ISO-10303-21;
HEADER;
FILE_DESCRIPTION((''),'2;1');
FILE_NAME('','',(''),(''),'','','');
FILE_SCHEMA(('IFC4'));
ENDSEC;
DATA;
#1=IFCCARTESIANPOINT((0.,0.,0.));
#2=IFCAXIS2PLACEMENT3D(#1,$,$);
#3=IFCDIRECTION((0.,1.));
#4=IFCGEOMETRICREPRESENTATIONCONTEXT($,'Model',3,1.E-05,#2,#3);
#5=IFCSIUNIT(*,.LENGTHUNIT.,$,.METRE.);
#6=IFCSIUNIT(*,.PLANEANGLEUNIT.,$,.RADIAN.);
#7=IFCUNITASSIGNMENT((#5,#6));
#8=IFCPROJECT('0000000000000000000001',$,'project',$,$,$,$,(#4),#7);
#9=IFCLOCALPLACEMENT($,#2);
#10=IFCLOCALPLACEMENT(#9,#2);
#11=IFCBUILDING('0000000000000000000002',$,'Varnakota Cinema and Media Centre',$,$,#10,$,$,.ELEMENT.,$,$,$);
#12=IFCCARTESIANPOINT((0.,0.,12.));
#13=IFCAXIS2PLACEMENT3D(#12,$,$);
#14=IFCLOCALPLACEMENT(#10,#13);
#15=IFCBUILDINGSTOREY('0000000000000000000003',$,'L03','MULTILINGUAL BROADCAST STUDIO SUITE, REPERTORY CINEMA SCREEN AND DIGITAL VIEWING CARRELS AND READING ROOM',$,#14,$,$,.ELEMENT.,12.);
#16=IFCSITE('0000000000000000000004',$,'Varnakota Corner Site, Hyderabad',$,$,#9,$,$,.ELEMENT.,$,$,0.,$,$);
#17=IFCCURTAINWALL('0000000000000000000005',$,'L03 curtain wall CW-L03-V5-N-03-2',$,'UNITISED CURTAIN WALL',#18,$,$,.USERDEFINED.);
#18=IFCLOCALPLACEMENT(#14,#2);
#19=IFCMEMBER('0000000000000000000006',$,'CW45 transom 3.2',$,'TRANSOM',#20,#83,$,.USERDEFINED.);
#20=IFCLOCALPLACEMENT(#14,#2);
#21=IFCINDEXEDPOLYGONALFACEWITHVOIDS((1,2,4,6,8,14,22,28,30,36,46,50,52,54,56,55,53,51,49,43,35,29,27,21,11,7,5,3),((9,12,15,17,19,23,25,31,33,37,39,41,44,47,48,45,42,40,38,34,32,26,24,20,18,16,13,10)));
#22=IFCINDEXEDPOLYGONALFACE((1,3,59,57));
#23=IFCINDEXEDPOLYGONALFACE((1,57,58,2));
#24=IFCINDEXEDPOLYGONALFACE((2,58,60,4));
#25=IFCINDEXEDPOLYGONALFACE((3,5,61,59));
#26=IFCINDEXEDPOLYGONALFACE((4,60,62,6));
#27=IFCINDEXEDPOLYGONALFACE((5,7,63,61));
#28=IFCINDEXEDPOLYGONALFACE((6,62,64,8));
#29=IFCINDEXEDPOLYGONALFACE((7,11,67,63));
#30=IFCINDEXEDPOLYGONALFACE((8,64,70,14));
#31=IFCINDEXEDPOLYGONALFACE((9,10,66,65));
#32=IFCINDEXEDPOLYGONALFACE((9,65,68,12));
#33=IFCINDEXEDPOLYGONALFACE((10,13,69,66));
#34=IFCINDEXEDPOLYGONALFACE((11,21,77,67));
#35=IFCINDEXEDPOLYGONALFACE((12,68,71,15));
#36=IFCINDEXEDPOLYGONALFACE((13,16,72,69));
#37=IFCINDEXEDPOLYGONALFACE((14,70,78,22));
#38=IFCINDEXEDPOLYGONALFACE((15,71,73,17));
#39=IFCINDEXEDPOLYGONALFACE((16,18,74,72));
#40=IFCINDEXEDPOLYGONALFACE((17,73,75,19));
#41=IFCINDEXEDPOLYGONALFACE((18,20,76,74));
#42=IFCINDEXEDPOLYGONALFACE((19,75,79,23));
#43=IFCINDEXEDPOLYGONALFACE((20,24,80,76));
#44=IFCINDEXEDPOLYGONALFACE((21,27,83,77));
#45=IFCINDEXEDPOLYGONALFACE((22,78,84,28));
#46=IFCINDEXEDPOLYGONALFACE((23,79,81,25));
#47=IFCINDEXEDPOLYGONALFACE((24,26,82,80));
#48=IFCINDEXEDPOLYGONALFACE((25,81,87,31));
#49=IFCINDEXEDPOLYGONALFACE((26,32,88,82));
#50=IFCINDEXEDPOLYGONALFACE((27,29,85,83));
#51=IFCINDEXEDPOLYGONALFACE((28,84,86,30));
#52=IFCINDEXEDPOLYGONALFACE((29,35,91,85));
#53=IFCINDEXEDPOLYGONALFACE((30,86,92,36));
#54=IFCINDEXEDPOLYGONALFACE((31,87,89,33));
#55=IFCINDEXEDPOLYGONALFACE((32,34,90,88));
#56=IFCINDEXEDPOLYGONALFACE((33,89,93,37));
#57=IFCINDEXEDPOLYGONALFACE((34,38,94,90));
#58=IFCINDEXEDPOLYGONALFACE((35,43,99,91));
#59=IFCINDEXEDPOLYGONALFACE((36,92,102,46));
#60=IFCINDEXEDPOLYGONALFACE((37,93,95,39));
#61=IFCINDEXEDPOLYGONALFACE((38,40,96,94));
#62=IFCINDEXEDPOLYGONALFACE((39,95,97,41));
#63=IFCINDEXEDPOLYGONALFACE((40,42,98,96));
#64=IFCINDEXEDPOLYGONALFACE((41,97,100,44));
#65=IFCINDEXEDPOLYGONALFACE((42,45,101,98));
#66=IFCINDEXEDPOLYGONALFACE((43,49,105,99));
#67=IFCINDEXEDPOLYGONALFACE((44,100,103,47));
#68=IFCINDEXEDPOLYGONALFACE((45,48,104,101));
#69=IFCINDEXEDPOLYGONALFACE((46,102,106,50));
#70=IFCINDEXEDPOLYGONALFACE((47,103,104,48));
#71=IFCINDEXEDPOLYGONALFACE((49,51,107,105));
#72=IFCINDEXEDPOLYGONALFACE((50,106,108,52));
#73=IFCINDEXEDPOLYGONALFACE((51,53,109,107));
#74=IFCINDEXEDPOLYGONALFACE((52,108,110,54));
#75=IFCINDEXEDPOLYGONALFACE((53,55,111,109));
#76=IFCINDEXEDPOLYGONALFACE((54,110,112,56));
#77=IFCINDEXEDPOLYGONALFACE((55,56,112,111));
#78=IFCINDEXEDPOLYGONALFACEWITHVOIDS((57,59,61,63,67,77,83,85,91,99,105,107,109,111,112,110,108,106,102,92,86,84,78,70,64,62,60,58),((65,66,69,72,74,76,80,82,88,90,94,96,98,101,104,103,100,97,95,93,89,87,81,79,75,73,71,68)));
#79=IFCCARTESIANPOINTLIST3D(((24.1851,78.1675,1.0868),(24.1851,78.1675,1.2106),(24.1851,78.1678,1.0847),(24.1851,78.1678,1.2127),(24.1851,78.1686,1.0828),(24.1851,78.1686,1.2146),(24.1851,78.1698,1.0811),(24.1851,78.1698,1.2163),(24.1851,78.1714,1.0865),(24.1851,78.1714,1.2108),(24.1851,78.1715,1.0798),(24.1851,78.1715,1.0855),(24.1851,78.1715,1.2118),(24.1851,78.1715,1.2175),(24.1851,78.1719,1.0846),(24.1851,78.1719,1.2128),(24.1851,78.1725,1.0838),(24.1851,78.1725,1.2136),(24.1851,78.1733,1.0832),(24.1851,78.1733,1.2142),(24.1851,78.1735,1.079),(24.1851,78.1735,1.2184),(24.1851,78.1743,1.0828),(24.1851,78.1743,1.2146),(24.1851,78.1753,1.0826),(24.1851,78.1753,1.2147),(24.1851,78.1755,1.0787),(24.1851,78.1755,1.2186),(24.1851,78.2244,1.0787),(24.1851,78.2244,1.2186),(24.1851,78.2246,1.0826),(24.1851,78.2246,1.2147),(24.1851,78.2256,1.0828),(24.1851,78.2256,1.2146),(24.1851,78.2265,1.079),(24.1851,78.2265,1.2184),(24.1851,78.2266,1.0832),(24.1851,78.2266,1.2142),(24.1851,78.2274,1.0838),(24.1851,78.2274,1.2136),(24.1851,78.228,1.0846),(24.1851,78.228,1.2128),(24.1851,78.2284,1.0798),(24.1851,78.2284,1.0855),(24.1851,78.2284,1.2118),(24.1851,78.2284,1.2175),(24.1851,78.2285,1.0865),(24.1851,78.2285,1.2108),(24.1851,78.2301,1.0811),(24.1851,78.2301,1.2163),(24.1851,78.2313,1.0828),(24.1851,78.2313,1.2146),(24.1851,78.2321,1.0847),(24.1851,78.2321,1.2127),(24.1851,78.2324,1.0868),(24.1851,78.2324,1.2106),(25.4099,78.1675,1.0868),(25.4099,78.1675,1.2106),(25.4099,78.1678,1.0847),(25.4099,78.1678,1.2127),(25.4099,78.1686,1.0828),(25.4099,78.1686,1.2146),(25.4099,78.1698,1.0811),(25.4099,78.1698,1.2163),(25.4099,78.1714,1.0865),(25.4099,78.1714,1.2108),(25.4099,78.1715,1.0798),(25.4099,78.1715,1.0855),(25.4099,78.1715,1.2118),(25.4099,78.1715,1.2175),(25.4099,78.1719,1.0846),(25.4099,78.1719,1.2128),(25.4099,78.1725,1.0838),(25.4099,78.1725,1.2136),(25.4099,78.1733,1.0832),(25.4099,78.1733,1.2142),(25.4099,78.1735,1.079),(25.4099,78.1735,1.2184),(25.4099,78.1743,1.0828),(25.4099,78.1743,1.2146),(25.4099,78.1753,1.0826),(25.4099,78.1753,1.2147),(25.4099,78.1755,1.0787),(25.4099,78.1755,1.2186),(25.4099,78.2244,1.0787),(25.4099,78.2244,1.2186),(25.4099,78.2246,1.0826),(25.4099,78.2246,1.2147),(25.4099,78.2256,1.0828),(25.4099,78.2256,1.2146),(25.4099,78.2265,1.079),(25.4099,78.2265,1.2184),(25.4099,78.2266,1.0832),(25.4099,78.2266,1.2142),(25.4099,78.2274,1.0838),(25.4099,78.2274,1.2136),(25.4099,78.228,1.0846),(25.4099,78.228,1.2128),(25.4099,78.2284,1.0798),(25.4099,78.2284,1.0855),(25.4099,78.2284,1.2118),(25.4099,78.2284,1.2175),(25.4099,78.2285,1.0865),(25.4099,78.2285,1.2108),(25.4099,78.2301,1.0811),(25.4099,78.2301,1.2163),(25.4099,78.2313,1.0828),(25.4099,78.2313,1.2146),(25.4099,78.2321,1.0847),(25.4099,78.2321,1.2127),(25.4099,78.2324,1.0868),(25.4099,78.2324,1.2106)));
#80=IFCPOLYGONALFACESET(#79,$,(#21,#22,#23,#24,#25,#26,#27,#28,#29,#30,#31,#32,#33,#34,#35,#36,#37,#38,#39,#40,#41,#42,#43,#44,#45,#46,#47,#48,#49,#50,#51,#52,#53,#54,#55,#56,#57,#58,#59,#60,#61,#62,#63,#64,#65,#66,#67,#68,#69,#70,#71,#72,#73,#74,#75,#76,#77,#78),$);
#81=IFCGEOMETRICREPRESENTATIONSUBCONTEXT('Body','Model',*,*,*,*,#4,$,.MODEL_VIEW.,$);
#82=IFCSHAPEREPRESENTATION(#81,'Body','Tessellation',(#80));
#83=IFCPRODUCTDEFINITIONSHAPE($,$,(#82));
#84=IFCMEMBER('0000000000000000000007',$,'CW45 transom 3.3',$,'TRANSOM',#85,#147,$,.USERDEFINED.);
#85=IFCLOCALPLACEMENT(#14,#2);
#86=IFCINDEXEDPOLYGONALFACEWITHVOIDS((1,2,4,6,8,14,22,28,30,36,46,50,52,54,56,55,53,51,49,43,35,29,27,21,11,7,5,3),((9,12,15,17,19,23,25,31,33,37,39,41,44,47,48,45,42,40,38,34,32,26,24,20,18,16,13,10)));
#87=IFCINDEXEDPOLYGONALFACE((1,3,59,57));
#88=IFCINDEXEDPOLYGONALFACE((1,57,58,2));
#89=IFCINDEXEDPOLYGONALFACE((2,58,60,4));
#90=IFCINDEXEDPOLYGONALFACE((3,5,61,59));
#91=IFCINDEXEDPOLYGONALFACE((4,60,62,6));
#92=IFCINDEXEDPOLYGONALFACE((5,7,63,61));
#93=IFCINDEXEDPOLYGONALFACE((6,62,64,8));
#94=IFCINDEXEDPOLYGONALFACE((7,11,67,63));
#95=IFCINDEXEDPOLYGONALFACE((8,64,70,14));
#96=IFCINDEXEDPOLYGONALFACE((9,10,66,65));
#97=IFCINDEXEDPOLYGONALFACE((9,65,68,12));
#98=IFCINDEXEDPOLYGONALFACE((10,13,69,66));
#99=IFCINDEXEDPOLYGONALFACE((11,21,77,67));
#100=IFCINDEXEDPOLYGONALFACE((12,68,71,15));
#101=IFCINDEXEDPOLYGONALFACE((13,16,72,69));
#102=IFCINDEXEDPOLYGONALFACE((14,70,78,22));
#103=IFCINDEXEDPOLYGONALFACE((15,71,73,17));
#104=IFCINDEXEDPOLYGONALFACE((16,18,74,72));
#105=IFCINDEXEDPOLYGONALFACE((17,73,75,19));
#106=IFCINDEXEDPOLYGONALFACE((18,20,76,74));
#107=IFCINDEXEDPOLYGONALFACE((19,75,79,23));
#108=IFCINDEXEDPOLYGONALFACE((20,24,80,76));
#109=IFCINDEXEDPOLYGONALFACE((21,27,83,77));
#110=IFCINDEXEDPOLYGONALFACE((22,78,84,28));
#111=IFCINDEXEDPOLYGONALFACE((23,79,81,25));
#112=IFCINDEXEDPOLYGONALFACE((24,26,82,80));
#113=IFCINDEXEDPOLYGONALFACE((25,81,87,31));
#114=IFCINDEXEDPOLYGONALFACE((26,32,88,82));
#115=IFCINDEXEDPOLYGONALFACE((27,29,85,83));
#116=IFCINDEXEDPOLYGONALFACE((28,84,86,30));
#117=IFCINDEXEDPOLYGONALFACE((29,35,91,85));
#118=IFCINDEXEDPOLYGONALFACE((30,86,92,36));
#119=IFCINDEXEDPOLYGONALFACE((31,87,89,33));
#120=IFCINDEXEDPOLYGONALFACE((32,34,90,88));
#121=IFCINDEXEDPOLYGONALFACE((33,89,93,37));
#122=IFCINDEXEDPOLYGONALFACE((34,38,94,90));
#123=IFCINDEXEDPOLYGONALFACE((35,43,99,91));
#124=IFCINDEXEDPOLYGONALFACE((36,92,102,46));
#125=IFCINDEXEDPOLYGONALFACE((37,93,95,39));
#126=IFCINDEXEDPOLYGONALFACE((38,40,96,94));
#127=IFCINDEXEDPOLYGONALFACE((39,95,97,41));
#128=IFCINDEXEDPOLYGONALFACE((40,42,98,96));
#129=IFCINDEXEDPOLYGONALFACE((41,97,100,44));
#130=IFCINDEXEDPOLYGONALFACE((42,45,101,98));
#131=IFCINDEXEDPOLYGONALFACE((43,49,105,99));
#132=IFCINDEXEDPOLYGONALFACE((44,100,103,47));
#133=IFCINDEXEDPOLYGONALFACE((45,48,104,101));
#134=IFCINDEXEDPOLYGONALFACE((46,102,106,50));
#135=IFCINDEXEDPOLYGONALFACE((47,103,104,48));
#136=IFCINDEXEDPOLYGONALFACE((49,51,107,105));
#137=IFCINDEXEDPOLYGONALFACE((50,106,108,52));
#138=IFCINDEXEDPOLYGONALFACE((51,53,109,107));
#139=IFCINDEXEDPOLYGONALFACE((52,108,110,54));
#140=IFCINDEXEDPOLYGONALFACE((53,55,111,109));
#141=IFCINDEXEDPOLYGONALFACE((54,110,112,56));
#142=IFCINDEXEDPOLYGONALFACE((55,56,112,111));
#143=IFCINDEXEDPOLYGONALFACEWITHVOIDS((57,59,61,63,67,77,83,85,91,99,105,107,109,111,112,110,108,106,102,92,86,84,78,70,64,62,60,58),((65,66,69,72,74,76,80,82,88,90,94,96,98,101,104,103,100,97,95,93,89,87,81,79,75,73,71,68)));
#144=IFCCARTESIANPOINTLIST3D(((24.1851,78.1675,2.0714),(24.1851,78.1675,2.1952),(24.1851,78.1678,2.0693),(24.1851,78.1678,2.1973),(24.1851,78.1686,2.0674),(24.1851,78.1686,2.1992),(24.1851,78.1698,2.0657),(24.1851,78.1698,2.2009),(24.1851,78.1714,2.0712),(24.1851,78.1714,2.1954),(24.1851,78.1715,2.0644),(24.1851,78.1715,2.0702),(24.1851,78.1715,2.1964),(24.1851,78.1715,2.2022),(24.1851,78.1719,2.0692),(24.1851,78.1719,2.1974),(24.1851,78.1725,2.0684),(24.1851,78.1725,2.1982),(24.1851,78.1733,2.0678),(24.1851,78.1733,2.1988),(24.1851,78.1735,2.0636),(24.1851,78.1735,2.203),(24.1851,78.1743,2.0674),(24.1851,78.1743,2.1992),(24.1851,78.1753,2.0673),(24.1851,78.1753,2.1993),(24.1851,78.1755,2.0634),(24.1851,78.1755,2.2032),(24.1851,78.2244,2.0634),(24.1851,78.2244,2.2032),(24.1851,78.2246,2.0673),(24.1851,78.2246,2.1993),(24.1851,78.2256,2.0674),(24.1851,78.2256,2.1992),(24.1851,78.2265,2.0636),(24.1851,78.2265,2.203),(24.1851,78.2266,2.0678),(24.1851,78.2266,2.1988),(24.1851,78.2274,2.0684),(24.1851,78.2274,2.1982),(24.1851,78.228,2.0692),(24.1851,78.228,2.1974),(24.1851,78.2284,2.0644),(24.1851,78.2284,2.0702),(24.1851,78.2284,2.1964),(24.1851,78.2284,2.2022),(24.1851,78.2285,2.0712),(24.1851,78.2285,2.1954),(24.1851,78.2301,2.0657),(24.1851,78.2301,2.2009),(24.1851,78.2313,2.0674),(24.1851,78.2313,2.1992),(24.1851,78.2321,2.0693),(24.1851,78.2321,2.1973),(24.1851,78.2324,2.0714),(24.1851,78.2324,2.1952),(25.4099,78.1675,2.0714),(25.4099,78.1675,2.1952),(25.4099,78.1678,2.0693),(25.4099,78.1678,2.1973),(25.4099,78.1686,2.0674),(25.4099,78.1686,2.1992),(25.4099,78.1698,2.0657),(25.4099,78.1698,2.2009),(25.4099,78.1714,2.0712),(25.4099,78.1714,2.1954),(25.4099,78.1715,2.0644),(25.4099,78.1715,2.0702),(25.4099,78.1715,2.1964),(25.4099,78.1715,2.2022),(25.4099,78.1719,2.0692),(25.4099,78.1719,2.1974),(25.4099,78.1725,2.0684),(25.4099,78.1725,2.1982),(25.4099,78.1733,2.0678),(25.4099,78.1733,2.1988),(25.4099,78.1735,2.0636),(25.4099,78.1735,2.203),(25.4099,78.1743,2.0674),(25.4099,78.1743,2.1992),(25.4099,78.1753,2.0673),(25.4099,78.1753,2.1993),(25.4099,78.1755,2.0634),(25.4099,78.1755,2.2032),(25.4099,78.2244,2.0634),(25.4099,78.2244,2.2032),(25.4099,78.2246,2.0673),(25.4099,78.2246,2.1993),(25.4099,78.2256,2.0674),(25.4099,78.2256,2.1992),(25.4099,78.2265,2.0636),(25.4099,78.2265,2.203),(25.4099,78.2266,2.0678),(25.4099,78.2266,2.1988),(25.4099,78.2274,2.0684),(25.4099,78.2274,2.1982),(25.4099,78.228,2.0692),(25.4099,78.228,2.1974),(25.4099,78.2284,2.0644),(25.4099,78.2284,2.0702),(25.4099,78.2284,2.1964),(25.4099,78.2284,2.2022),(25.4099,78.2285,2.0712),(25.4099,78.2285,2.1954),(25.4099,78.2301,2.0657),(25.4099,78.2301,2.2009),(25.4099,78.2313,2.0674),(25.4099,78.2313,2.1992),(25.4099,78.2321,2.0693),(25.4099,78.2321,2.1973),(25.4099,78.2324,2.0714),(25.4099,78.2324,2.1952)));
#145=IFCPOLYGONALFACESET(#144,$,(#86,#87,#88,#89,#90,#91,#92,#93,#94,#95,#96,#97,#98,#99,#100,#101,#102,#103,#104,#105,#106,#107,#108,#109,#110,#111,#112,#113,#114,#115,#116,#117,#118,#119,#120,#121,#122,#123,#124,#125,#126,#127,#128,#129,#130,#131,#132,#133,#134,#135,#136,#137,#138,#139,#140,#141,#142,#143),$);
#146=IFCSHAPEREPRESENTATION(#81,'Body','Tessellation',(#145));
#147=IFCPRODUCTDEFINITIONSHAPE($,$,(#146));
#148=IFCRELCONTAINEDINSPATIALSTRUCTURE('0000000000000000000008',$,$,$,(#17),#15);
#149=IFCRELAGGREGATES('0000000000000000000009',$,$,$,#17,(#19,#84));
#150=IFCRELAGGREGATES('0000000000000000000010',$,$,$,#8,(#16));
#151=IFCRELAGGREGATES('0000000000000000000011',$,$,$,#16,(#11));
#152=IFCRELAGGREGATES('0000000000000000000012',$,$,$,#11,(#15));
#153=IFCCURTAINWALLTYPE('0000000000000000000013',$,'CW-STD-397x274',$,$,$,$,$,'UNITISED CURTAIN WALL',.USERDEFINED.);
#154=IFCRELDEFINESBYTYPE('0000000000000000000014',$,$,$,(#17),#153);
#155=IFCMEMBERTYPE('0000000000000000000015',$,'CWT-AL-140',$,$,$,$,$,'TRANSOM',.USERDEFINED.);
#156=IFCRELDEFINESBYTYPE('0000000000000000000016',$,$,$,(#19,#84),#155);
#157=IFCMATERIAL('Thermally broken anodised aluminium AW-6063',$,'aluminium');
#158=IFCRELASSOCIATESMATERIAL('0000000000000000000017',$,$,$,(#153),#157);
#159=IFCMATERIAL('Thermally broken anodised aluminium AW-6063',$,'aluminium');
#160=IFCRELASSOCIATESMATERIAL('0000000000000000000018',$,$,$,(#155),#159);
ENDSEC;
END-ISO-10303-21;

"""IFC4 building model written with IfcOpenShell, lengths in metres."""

from ifc_helpers import new_model, si_unit, direction, frame, origin, origin_2d, place, context, subcontext, project, spatial, hollow_rectangle, extrude, material, material_profile, profile_set, type_object, element, aggregate, save


model = new_model("IFC4")

# Units and contexts
model_context = context("Model", 3, precision=1e-05, world=origin(), true_north=direction((0.0, 1.0)))
body_context = subcontext(model_context, "Body", "Model", "MODEL_VIEW")
ifc_project = project(units=[si_unit("LENGTHUNIT", "METRE"), si_unit("PLANEANGLEUNIT", "RADIAN")], contexts=[model_context])

# Site, building, storey
site_placement = place(None, origin())
site = spatial("IfcSite", under=ifc_project, at=site_placement, Name="Varnakota Corner Site, Hyderabad", CompositionType="ELEMENT", RefElevation=0.0)
building_placement = place(site_placement, origin())
building = spatial("IfcBuilding", under=site, at=building_placement, Name="Varnakota Cinema and Media Centre", CompositionType="ELEMENT")
storey_placement = place(building_placement, frame((0.0, 0.0, 12.0)))
storey = spatial("IfcBuildingStorey", under=building, at=storey_placement, Name="L03", Description="MULTILINGUAL BROADCAST STUDIO SUITE, REPERTORY CINEMA SCREEN AND DIGITAL VIEWING CARRELS AND READING ROOM", CompositionType="ELEMENT", Elevation=12.0)

# Curtain wall, members
ifc_material_1 = material(Name="Thermally broken anodised aluminium AW-6063", Category="aluminium")
curtain_wall_type = type_object("IfcCurtainWallType", Name="CW-STD-397x274", ElementType="UNITISED CURTAIN WALL", PredefinedType="USERDEFINED", material=ifc_material_1)
curtain_wall_placement = place(storey_placement, origin())
curtain_wall = element("IfcCurtainWall", 1, at=curtain_wall_placement, inside=storey, type_object=curtain_wall_type, Name="L03 curtain wall CW-L03-V5-N-03-2", ObjectType="UNITISED CURTAIN WALL", PredefinedType="USERDEFINED")
ifc_material_2 = material(Name="Thermally broken anodised aluminium AW-6063", Category="aluminium")
ifc_material_profile_1 = material_profile(ifc_material_2, hollow_rectangle(XDim=0.0649, YDim=0.1399, WallThickness=0.0039, InnerFilletRadius=0.0039, OuterFilletRadius=0.0081, at=origin_2d()), Name="AL-TRANSOM 140x65x4")
ifc_profile_set_1 = profile_set([ifc_material_profile_1], Name="Thermally broken anodised aluminium AW-6063")
member_type_1 = type_object("IfcMemberType", Name="CWT-AL-140", ElementType="TRANSOM", PredefinedType="USERDEFINED", material=ifc_profile_set_1)
member_1_placement = place(storey_placement, frame((24.1851, 78.2, 1.1487), z_axis=(1.0, 0.0, 0.0), x_axis=(0.0, 1.0, 0.0)))
member_1 = element("IfcMember", 2, at=member_1_placement, type_object=member_type_1, Name="CW45 transom 3.2", ObjectType="TRANSOM", PredefinedType="USERDEFINED", context=body_context, shape_type="SweptSolid", body=[
    extrude(hollow_rectangle(XDim=0.0649, YDim=0.1399, WallThickness=0.0039, InnerFilletRadius=0.0039, OuterFilletRadius=0.0081, at=origin_2d()), origin(), (0.0, 0.0, 1.0), 1.2249),
])
member_2_placement = place(storey_placement, frame((24.1851, 78.2, 2.1333), z_axis=(1.0, 0.0, 0.0), x_axis=(0.0, 1.0, 0.0)))
member_2 = element("IfcMember", 3, at=member_2_placement, type_object=member_type_1, Name="CW45 transom 3.3", ObjectType="TRANSOM", PredefinedType="USERDEFINED", context=body_context, shape_type="SweptSolid", body=[
    extrude(hollow_rectangle(XDim=0.0649, YDim=0.1399, WallThickness=0.0039, InnerFilletRadius=0.0039, OuterFilletRadius=0.0081, at=origin_2d()), origin(), (0.0, 0.0, 1.0), 1.2249),
])
aggregate(curtain_wall, [member_1, member_2])

save(model, "model.ifc")
